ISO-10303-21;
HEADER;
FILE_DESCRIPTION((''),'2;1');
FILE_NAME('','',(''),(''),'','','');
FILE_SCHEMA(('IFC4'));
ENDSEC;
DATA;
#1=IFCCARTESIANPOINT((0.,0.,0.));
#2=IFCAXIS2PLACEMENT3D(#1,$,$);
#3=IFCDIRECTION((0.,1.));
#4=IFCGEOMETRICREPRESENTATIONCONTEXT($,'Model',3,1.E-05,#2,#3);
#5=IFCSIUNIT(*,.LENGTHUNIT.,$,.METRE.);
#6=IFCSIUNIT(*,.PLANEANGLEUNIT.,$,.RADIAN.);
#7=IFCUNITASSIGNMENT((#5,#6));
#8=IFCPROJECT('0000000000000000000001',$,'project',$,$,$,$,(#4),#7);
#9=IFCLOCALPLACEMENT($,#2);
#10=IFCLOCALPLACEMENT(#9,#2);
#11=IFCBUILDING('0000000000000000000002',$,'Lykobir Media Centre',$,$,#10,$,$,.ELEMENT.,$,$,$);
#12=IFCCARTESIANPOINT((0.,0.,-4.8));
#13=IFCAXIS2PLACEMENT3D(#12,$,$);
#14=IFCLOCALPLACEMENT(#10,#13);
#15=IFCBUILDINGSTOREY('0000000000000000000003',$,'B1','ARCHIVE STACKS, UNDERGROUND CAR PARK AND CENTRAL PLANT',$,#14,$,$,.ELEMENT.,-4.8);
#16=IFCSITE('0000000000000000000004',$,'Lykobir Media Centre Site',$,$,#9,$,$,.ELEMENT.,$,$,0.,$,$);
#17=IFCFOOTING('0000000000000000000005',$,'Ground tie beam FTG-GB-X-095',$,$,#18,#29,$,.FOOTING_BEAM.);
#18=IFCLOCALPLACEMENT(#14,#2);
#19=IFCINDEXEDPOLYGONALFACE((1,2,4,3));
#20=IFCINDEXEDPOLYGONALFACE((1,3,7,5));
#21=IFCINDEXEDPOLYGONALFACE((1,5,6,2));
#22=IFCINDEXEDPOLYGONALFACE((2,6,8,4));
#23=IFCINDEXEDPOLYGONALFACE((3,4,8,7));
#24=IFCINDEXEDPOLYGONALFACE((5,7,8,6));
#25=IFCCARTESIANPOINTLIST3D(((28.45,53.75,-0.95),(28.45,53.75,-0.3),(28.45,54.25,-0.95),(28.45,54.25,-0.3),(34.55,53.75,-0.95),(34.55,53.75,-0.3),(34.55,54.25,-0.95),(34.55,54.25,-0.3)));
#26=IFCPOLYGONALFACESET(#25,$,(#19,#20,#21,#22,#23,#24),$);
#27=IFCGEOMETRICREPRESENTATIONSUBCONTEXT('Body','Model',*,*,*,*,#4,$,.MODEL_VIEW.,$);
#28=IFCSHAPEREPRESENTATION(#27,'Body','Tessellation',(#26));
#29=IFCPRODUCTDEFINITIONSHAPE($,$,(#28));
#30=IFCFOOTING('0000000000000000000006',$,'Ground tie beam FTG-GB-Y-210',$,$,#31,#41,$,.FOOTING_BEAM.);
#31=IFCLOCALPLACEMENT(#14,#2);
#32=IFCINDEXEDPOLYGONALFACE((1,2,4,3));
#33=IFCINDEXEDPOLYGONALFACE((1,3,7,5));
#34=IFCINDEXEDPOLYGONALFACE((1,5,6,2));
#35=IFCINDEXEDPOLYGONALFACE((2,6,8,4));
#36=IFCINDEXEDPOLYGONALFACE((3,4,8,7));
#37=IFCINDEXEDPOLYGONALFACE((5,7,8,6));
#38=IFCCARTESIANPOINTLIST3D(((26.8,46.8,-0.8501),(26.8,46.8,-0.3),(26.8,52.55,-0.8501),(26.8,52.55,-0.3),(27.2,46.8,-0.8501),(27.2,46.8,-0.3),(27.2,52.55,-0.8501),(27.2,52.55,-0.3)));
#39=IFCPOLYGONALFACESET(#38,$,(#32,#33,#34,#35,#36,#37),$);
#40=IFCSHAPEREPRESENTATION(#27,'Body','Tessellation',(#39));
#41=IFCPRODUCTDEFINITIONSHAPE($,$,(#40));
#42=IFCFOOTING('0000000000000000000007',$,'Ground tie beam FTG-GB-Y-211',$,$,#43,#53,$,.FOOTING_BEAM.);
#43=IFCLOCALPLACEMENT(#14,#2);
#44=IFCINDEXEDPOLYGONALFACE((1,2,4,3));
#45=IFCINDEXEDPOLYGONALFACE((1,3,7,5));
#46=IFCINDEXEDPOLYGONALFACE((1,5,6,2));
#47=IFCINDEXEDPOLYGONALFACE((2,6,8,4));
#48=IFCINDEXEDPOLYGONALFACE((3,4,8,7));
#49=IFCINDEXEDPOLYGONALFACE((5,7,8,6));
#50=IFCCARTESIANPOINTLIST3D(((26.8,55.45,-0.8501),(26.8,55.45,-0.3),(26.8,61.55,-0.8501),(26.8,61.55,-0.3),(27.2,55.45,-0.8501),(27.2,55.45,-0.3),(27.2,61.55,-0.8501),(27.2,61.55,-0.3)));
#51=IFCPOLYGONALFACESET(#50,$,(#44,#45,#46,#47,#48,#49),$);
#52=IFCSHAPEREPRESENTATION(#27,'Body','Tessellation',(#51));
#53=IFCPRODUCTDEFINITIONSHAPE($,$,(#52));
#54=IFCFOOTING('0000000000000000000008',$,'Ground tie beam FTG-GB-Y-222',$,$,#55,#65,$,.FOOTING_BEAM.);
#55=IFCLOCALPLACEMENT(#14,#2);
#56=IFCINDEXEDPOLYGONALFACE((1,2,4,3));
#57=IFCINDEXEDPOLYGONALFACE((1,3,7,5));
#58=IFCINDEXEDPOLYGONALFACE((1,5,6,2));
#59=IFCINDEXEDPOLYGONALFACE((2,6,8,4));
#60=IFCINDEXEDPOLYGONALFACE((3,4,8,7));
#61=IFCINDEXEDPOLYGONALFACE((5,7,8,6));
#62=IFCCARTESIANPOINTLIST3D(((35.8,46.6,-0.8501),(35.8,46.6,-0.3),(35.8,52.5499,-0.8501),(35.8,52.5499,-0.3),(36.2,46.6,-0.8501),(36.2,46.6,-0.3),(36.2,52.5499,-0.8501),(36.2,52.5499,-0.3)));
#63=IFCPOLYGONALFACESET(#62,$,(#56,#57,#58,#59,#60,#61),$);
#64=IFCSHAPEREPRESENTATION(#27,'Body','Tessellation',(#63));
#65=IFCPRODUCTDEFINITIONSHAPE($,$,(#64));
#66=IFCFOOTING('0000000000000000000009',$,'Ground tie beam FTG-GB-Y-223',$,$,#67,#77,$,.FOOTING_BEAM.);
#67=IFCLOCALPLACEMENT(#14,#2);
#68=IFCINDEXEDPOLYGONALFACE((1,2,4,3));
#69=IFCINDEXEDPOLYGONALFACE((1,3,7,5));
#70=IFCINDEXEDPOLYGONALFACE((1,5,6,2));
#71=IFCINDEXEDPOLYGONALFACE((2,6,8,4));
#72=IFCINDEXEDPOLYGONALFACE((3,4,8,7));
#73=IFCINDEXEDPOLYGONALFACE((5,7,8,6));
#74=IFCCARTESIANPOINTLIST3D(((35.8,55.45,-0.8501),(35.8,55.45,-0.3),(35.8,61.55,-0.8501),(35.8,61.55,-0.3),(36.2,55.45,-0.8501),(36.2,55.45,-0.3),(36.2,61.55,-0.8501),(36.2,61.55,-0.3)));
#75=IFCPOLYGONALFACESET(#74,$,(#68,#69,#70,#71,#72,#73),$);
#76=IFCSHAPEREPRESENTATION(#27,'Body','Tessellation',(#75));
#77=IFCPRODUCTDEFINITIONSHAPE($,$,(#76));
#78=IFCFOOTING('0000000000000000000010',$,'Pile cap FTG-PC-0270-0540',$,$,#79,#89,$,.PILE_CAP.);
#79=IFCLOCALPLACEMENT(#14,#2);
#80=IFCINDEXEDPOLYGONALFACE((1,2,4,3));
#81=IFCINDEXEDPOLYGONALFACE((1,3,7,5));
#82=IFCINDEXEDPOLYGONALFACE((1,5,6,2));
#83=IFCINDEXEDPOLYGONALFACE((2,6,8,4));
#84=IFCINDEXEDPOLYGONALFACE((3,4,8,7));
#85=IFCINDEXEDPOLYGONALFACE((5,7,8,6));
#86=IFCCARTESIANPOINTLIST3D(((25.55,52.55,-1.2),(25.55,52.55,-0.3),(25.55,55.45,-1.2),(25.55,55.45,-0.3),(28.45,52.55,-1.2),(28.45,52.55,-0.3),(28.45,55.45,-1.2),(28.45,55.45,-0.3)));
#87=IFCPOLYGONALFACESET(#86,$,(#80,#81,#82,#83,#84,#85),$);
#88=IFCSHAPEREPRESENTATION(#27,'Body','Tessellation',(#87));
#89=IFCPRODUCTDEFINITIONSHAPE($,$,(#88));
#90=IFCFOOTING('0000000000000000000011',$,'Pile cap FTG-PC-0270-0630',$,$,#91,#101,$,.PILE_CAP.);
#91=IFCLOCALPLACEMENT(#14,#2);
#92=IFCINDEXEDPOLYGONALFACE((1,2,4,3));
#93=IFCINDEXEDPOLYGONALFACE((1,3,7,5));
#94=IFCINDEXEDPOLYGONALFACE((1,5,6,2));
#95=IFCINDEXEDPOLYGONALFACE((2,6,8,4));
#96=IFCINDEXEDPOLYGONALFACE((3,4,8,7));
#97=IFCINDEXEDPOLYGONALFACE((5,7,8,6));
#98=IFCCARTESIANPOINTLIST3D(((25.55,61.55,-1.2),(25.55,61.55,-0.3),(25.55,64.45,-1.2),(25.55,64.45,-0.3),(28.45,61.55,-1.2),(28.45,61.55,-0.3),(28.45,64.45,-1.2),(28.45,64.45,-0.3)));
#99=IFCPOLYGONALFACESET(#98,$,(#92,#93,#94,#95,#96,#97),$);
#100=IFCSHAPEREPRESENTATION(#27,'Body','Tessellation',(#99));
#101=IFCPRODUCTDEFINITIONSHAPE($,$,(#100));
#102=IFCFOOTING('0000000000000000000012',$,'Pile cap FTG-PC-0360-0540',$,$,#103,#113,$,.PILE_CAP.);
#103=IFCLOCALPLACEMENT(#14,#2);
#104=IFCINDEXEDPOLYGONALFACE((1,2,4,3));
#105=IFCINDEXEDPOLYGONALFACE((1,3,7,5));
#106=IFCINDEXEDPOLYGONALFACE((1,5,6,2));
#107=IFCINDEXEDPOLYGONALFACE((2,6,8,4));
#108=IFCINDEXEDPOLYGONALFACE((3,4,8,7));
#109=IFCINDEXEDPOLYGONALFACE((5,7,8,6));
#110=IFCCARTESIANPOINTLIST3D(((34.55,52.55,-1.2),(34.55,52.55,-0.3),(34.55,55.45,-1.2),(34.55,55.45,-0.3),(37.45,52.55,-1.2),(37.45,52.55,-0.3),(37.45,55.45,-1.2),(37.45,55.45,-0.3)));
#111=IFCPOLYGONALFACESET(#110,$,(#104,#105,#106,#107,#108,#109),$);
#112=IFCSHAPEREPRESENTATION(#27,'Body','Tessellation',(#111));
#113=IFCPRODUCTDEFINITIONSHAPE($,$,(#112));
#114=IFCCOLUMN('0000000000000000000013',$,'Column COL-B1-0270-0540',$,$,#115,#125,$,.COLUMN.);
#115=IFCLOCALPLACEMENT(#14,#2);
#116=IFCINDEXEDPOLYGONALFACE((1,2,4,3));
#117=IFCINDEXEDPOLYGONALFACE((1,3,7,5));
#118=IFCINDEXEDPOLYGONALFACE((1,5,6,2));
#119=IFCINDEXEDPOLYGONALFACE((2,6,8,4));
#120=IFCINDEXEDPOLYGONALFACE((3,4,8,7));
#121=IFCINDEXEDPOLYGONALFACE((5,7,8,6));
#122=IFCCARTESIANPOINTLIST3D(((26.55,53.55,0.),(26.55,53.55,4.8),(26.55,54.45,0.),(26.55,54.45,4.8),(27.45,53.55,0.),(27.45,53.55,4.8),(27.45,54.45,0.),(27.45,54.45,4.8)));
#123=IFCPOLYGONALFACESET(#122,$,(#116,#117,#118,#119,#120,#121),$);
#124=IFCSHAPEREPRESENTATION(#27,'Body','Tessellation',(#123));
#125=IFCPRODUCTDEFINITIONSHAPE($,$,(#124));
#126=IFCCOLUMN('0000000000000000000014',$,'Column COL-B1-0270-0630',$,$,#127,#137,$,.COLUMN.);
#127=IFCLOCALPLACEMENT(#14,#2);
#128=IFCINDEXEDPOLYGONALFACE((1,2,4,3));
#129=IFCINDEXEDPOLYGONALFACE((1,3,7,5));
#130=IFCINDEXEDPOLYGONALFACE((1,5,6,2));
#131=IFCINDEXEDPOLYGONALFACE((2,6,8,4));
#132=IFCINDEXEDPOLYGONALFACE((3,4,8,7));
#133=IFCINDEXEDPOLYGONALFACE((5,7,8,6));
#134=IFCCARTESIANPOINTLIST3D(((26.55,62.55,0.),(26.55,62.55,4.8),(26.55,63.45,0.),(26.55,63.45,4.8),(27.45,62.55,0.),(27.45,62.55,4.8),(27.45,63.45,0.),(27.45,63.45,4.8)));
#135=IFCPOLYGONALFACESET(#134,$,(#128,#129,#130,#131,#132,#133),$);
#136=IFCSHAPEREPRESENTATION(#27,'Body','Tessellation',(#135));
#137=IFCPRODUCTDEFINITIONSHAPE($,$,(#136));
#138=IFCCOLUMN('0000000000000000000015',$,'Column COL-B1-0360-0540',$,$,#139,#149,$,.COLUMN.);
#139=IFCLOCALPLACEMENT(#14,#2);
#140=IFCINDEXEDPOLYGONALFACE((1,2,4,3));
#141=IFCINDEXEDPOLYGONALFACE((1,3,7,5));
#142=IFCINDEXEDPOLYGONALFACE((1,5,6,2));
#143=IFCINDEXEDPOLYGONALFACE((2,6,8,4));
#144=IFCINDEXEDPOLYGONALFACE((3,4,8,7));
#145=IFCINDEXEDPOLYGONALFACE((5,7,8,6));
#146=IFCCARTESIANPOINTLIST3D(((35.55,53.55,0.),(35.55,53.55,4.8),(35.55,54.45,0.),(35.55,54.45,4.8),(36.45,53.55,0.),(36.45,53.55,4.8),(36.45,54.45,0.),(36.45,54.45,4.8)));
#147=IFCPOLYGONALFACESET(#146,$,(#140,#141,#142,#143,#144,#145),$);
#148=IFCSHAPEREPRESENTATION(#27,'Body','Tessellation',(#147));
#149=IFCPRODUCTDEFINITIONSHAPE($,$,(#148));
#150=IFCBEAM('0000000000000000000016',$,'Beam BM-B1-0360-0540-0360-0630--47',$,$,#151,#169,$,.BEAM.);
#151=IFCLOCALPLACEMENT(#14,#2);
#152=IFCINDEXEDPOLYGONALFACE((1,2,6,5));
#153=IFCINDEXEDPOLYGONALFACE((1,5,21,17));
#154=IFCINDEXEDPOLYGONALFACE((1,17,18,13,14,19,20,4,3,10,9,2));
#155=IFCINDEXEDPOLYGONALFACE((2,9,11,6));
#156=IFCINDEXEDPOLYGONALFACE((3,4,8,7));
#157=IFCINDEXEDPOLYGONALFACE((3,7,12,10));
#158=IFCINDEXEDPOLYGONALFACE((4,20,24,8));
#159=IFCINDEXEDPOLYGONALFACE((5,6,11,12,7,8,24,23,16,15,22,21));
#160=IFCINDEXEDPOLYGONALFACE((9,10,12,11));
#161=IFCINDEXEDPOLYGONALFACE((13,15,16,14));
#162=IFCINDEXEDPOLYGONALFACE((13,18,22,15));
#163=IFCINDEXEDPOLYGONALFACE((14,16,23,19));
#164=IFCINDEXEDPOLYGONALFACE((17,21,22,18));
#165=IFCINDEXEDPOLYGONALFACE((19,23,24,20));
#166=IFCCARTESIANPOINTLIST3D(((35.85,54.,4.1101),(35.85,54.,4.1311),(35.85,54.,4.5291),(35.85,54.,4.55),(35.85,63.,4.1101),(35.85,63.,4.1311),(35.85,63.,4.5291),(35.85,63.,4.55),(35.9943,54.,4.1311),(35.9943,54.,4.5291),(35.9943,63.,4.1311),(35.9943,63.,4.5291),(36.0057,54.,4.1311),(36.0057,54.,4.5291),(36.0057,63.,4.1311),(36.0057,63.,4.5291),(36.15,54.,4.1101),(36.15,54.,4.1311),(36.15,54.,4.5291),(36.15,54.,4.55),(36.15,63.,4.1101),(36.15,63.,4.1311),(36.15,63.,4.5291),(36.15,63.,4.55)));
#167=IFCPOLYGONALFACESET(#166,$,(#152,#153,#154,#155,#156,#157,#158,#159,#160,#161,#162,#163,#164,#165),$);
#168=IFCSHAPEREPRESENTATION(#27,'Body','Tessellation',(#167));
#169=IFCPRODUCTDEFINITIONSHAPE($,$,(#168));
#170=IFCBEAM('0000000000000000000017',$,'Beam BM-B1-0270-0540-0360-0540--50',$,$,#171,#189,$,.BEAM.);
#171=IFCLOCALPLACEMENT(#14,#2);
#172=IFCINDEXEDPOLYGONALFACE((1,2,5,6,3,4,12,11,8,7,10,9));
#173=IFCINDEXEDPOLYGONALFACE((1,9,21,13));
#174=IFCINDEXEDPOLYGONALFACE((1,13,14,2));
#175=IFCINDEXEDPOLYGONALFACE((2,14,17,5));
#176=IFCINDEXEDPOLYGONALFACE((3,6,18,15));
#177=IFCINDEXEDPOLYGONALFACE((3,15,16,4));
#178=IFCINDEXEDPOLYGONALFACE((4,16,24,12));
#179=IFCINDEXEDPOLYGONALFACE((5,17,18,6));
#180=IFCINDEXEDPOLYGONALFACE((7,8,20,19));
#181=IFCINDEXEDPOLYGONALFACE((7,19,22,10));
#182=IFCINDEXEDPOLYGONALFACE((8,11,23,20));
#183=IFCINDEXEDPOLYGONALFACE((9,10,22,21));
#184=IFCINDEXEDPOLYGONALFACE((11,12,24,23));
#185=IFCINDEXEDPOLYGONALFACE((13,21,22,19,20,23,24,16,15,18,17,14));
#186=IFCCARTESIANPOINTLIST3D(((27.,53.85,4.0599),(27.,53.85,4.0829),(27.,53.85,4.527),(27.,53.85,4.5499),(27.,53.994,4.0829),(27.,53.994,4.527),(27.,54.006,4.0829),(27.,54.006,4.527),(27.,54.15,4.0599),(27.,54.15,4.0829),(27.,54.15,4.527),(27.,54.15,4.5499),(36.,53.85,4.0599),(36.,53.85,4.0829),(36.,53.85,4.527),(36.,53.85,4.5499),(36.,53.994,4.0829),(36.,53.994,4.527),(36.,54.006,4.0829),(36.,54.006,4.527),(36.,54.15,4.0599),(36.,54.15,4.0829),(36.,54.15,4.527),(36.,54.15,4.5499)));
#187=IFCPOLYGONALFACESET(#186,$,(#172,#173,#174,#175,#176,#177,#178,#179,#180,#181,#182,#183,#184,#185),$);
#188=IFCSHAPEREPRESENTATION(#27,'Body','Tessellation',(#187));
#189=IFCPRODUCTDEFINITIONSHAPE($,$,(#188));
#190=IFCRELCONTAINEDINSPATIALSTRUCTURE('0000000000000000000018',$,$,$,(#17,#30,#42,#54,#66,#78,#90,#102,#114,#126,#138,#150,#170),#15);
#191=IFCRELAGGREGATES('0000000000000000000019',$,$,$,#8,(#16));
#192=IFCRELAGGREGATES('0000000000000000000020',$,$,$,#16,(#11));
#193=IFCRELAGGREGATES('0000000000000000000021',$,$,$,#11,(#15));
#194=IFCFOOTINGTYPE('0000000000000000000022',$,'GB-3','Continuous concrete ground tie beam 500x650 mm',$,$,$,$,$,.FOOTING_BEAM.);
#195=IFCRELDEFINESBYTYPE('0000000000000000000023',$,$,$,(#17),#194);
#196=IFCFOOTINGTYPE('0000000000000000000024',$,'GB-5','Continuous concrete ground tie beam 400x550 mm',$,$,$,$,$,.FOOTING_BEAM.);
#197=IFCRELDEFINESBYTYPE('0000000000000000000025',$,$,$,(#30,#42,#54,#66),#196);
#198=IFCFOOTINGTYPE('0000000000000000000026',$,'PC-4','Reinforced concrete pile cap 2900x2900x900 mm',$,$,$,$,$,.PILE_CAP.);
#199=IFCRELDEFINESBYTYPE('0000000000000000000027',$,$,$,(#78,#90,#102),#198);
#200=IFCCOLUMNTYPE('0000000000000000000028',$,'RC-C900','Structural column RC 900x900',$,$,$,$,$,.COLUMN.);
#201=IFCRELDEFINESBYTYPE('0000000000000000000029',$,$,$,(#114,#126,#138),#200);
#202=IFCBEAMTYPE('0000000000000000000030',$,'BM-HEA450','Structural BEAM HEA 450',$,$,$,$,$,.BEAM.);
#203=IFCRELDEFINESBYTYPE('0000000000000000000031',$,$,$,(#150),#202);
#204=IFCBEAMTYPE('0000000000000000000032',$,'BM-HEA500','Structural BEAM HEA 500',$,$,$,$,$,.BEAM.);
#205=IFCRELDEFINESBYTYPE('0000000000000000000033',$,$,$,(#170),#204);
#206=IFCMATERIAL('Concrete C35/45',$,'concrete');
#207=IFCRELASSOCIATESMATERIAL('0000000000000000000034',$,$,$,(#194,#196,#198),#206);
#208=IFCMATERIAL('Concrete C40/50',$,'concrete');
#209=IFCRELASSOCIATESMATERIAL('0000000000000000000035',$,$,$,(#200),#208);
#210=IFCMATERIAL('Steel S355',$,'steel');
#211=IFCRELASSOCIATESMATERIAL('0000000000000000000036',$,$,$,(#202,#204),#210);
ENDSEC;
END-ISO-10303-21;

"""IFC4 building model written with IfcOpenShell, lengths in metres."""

from ifc_helpers import new_model, si_unit, direction, frame, origin, origin_2d, place, context, subcontext, project, spatial, rectangle, i_section, extrude, material, material_profile, profile_set, type_object, element, save


model = new_model("IFC4")

# Units and contexts
model_context = context("Model", 3, precision=1e-05, world=origin(), true_north=direction((0.0, 1.0)))
body_context = subcontext(model_context, "Body", "Model", "MODEL_VIEW")
ifc_project = project(units=[si_unit("LENGTHUNIT", "METRE"), si_unit("PLANEANGLEUNIT", "RADIAN")], contexts=[model_context])

# Site, building, storey
site_placement = place(None, origin())
site = spatial("IfcSite", under=ifc_project, at=site_placement, Name="Lykobir Media Centre Site", CompositionType="ELEMENT", RefElevation=0.0)
building_placement = place(site_placement, origin())
building = spatial("IfcBuilding", under=site, at=building_placement, Name="Lykobir Media Centre", CompositionType="ELEMENT")
storey_placement = place(building_placement, frame((0.0, 0.0, -4.8)))
storey = spatial("IfcBuildingStorey", under=building, at=storey_placement, Name="B1", Description="ARCHIVE STACKS, UNDERGROUND CAR PARK AND CENTRAL PLANT", CompositionType="ELEMENT", Elevation=-4.8)

# Footings
ifc_material_1 = material(Name="Concrete C35/45", Category="concrete")
footing_type_1 = type_object("IfcFootingType", Name="GB-3", Description="Continuous concrete ground tie beam 500x650 mm", PredefinedType="FOOTING_BEAM", material=ifc_material_1)
footing_1_placement = place(storey_placement, frame((31.5, 54.0, -0.95), z_axis=(0.0, 0.0, 1.0), x_axis=(1.0, 0.0, 0.0)))
element("IfcFooting", 1, at=footing_1_placement, inside=storey, type_object=footing_type_1, Name="Ground tie beam FTG-GB-X-095", PredefinedType="FOOTING_BEAM", context=body_context, shape_type="SweptSolid", body=[
    extrude(rectangle(XDim=6.1001, YDim=0.5, at=origin_2d()), origin(), (0.0, 0.0, 1.0), 0.6499),
])
footing_type_2 = type_object("IfcFootingType", Name="GB-5", Description="Continuous concrete ground tie beam 400x550 mm", PredefinedType="FOOTING_BEAM", material=ifc_material_1)
footing_2_placement = place(storey_placement, frame((27.0, 49.675, -0.8501), z_axis=(0.0, 0.0, 1.0), x_axis=(0.0, 1.0, 0.0)))
element("IfcFooting", 2, at=footing_2_placement, inside=storey, type_object=footing_type_2, Name="Ground tie beam FTG-GB-Y-210", PredefinedType="FOOTING_BEAM", context=body_context, shape_type="SweptSolid", body=[
    extrude(rectangle(XDim=5.75, YDim=0.3999, at=origin_2d()), origin(), (0.0, 0.0, 1.0), 0.55),
])
footing_3_placement = place(storey_placement, frame((27.0, 58.5, -0.8501), z_axis=(0.0, 0.0, 1.0), x_axis=(0.0, 1.0, 0.0)))
element("IfcFooting", 3, at=footing_3_placement, inside=storey, type_object=footing_type_2, Name="Ground tie beam FTG-GB-Y-211", PredefinedType="FOOTING_BEAM", context=body_context, shape_type="SweptSolid", body=[
    extrude(rectangle(XDim=6.1001, YDim=0.3999, at=origin_2d()), origin(), (0.0, 0.0, 1.0), 0.55),
])
footing_4_placement = place(storey_placement, frame((36.0, 49.575, -0.8501), z_axis=(0.0, 0.0, 1.0), x_axis=(0.0, 1.0, 0.0)))
element("IfcFooting", 4, at=footing_4_placement, inside=storey, type_object=footing_type_2, Name="Ground tie beam FTG-GB-Y-222", PredefinedType="FOOTING_BEAM", context=body_context, shape_type="SweptSolid", body=[
    extrude(rectangle(XDim=5.95, YDim=0.3999, at=origin_2d()), origin(), (0.0, 0.0, 1.0), 0.55),
])
footing_5_placement = place(storey_placement, frame((36.0, 58.5, -0.8501), z_axis=(0.0, 0.0, 1.0), x_axis=(0.0, 1.0, 0.0)))
element("IfcFooting", 5, at=footing_5_placement, inside=storey, type_object=footing_type_2, Name="Ground tie beam FTG-GB-Y-223", PredefinedType="FOOTING_BEAM", context=body_context, shape_type="SweptSolid", body=[
    extrude(rectangle(XDim=6.1001, YDim=0.3999, at=origin_2d()), origin(), (0.0, 0.0, 1.0), 0.55),
])
footing_type_3 = type_object("IfcFootingType", Name="PC-4", Description="Reinforced concrete pile cap 2900x2900x900 mm", PredefinedType="PILE_CAP", material=ifc_material_1)
for number, where, z_axis, x_axis, name in (
    (6, (27.0, 54.0, -1.2), (0.0, 0.0, 1.0), (1.0, 0.0, 0.0), "Pile cap FTG-PC-0270-0540"),
    (7, (27.0, 63.0, -1.2), (0.0, 0.0, 1.0), (1.0, 0.0, 0.0), "Pile cap FTG-PC-0270-0630"),
    (8, (36.0, 54.0, -1.2), (0.0, 0.0, 1.0), (1.0, 0.0, 0.0), "Pile cap FTG-PC-0360-0540"),
):
    element("IfcFooting", number, at=place(storey_placement, frame(where, z_axis=z_axis, x_axis=x_axis)), inside=storey, type_object=footing_type_3, Name=name, PredefinedType="PILE_CAP", context=body_context, shape_type="SweptSolid", body=[
        extrude(rectangle(XDim=2.8999, YDim=2.8999, at=origin_2d()), origin(), (0.0, 0.0, 1.0), 0.8999),
    ])

# Columns
ifc_material_2 = material(Name="Concrete C40/50", Category="concrete")
ifc_material_profile_1 = material_profile(ifc_material_2, rectangle(XDim=0.8999, YDim=0.8999, at=origin_2d()), Name="RC 900x900")
ifc_profile_set_1 = profile_set([ifc_material_profile_1], Name="Concrete C40/50")
column_type = type_object("IfcColumnType", Name="RC-C900", Description="Structural column RC 900x900", PredefinedType="COLUMN", material=ifc_profile_set_1)
for number, where, z_axis, x_axis, name in (
    (9, (27.0, 54.0, 0.0), (0.0, 0.0, 1.0), (1.0, 0.0, 0.0), "Column COL-B1-0270-0540"),
    (10, (27.0, 63.0, 0.0), (0.0, 0.0, 1.0), (1.0, 0.0, 0.0), "Column COL-B1-0270-0630"),
    (11, (36.0, 54.0, 0.0), (0.0, 0.0, 1.0), (1.0, 0.0, 0.0), "Column COL-B1-0360-0540"),
):
    element("IfcColumn", number, at=place(storey_placement, frame(where, z_axis=z_axis, x_axis=x_axis)), inside=storey, type_object=column_type, Name=name, PredefinedType="COLUMN", context=body_context, shape_type="SweptSolid", body=[
        extrude(rectangle(XDim=0.8999, YDim=0.8999, at=origin_2d()), origin(), (0.0, 0.0, 1.0), 4.8),
    ])

# Beams
ifc_material_3 = material(Name="Steel S355", Category="steel")
ifc_material_profile_2 = material_profile(ifc_material_3, i_section(OverallWidth=0.3, OverallDepth=0.4399, WebThickness=0.0115, FlangeThickness=0.021, at=origin_2d()), Name="HEA 450")
ifc_profile_set_2 = profile_set([ifc_material_profile_2], Name="Steel S355")
beam_type_1 = type_object("IfcBeamType", Name="BM-HEA450", Description="Structural BEAM HEA 450", PredefinedType="BEAM", material=ifc_profile_set_2)
beam_1_placement = place(storey_placement, frame((36.0, 54.0, 4.3301), z_axis=(0.0, 1.0, 0.0), x_axis=(-1.0, 0.0, 0.0)))
element("IfcBeam", 12, at=beam_1_placement, inside=storey, type_object=beam_type_1, Name="Beam BM-B1-0360-0540-0360-0630--47", PredefinedType="BEAM", context=body_context, shape_type="SweptSolid", body=[
    extrude(i_section(OverallWidth=0.3, OverallDepth=0.4399, WebThickness=0.0115, FlangeThickness=0.021, at=origin_2d()), origin(), (0.0, 0.0, 1.0), 9.0),
])
ifc_material_profile_3 = material_profile(ifc_material_3, i_section(OverallWidth=0.3, OverallDepth=0.49, WebThickness=0.012, FlangeThickness=0.0229, at=origin_2d()), Name="HEA 500")
ifc_profile_set_3 = profile_set([ifc_material_profile_3], Name="Steel S355")
beam_type_2 = type_object("IfcBeamType", Name="BM-HEA500", Description="Structural BEAM HEA 500", PredefinedType="BEAM", material=ifc_profile_set_3)
beam_2_placement = place(storey_placement, frame((27.0, 54.0, 4.3049), z_axis=(1.0, 0.0, 0.0), x_axis=(0.0, 1.0, 0.0)))
element("IfcBeam", 13, at=beam_2_placement, inside=storey, type_object=beam_type_2, Name="Beam BM-B1-0270-0540-0360-0540--50", PredefinedType="BEAM", context=body_context, shape_type="SweptSolid", body=[
    extrude(i_section(OverallWidth=0.3, OverallDepth=0.49, WebThickness=0.012, FlangeThickness=0.0229, at=origin_2d()), origin(), (0.0, 0.0, 1.0), 9.0),
])

save(model, "model.ifc")
